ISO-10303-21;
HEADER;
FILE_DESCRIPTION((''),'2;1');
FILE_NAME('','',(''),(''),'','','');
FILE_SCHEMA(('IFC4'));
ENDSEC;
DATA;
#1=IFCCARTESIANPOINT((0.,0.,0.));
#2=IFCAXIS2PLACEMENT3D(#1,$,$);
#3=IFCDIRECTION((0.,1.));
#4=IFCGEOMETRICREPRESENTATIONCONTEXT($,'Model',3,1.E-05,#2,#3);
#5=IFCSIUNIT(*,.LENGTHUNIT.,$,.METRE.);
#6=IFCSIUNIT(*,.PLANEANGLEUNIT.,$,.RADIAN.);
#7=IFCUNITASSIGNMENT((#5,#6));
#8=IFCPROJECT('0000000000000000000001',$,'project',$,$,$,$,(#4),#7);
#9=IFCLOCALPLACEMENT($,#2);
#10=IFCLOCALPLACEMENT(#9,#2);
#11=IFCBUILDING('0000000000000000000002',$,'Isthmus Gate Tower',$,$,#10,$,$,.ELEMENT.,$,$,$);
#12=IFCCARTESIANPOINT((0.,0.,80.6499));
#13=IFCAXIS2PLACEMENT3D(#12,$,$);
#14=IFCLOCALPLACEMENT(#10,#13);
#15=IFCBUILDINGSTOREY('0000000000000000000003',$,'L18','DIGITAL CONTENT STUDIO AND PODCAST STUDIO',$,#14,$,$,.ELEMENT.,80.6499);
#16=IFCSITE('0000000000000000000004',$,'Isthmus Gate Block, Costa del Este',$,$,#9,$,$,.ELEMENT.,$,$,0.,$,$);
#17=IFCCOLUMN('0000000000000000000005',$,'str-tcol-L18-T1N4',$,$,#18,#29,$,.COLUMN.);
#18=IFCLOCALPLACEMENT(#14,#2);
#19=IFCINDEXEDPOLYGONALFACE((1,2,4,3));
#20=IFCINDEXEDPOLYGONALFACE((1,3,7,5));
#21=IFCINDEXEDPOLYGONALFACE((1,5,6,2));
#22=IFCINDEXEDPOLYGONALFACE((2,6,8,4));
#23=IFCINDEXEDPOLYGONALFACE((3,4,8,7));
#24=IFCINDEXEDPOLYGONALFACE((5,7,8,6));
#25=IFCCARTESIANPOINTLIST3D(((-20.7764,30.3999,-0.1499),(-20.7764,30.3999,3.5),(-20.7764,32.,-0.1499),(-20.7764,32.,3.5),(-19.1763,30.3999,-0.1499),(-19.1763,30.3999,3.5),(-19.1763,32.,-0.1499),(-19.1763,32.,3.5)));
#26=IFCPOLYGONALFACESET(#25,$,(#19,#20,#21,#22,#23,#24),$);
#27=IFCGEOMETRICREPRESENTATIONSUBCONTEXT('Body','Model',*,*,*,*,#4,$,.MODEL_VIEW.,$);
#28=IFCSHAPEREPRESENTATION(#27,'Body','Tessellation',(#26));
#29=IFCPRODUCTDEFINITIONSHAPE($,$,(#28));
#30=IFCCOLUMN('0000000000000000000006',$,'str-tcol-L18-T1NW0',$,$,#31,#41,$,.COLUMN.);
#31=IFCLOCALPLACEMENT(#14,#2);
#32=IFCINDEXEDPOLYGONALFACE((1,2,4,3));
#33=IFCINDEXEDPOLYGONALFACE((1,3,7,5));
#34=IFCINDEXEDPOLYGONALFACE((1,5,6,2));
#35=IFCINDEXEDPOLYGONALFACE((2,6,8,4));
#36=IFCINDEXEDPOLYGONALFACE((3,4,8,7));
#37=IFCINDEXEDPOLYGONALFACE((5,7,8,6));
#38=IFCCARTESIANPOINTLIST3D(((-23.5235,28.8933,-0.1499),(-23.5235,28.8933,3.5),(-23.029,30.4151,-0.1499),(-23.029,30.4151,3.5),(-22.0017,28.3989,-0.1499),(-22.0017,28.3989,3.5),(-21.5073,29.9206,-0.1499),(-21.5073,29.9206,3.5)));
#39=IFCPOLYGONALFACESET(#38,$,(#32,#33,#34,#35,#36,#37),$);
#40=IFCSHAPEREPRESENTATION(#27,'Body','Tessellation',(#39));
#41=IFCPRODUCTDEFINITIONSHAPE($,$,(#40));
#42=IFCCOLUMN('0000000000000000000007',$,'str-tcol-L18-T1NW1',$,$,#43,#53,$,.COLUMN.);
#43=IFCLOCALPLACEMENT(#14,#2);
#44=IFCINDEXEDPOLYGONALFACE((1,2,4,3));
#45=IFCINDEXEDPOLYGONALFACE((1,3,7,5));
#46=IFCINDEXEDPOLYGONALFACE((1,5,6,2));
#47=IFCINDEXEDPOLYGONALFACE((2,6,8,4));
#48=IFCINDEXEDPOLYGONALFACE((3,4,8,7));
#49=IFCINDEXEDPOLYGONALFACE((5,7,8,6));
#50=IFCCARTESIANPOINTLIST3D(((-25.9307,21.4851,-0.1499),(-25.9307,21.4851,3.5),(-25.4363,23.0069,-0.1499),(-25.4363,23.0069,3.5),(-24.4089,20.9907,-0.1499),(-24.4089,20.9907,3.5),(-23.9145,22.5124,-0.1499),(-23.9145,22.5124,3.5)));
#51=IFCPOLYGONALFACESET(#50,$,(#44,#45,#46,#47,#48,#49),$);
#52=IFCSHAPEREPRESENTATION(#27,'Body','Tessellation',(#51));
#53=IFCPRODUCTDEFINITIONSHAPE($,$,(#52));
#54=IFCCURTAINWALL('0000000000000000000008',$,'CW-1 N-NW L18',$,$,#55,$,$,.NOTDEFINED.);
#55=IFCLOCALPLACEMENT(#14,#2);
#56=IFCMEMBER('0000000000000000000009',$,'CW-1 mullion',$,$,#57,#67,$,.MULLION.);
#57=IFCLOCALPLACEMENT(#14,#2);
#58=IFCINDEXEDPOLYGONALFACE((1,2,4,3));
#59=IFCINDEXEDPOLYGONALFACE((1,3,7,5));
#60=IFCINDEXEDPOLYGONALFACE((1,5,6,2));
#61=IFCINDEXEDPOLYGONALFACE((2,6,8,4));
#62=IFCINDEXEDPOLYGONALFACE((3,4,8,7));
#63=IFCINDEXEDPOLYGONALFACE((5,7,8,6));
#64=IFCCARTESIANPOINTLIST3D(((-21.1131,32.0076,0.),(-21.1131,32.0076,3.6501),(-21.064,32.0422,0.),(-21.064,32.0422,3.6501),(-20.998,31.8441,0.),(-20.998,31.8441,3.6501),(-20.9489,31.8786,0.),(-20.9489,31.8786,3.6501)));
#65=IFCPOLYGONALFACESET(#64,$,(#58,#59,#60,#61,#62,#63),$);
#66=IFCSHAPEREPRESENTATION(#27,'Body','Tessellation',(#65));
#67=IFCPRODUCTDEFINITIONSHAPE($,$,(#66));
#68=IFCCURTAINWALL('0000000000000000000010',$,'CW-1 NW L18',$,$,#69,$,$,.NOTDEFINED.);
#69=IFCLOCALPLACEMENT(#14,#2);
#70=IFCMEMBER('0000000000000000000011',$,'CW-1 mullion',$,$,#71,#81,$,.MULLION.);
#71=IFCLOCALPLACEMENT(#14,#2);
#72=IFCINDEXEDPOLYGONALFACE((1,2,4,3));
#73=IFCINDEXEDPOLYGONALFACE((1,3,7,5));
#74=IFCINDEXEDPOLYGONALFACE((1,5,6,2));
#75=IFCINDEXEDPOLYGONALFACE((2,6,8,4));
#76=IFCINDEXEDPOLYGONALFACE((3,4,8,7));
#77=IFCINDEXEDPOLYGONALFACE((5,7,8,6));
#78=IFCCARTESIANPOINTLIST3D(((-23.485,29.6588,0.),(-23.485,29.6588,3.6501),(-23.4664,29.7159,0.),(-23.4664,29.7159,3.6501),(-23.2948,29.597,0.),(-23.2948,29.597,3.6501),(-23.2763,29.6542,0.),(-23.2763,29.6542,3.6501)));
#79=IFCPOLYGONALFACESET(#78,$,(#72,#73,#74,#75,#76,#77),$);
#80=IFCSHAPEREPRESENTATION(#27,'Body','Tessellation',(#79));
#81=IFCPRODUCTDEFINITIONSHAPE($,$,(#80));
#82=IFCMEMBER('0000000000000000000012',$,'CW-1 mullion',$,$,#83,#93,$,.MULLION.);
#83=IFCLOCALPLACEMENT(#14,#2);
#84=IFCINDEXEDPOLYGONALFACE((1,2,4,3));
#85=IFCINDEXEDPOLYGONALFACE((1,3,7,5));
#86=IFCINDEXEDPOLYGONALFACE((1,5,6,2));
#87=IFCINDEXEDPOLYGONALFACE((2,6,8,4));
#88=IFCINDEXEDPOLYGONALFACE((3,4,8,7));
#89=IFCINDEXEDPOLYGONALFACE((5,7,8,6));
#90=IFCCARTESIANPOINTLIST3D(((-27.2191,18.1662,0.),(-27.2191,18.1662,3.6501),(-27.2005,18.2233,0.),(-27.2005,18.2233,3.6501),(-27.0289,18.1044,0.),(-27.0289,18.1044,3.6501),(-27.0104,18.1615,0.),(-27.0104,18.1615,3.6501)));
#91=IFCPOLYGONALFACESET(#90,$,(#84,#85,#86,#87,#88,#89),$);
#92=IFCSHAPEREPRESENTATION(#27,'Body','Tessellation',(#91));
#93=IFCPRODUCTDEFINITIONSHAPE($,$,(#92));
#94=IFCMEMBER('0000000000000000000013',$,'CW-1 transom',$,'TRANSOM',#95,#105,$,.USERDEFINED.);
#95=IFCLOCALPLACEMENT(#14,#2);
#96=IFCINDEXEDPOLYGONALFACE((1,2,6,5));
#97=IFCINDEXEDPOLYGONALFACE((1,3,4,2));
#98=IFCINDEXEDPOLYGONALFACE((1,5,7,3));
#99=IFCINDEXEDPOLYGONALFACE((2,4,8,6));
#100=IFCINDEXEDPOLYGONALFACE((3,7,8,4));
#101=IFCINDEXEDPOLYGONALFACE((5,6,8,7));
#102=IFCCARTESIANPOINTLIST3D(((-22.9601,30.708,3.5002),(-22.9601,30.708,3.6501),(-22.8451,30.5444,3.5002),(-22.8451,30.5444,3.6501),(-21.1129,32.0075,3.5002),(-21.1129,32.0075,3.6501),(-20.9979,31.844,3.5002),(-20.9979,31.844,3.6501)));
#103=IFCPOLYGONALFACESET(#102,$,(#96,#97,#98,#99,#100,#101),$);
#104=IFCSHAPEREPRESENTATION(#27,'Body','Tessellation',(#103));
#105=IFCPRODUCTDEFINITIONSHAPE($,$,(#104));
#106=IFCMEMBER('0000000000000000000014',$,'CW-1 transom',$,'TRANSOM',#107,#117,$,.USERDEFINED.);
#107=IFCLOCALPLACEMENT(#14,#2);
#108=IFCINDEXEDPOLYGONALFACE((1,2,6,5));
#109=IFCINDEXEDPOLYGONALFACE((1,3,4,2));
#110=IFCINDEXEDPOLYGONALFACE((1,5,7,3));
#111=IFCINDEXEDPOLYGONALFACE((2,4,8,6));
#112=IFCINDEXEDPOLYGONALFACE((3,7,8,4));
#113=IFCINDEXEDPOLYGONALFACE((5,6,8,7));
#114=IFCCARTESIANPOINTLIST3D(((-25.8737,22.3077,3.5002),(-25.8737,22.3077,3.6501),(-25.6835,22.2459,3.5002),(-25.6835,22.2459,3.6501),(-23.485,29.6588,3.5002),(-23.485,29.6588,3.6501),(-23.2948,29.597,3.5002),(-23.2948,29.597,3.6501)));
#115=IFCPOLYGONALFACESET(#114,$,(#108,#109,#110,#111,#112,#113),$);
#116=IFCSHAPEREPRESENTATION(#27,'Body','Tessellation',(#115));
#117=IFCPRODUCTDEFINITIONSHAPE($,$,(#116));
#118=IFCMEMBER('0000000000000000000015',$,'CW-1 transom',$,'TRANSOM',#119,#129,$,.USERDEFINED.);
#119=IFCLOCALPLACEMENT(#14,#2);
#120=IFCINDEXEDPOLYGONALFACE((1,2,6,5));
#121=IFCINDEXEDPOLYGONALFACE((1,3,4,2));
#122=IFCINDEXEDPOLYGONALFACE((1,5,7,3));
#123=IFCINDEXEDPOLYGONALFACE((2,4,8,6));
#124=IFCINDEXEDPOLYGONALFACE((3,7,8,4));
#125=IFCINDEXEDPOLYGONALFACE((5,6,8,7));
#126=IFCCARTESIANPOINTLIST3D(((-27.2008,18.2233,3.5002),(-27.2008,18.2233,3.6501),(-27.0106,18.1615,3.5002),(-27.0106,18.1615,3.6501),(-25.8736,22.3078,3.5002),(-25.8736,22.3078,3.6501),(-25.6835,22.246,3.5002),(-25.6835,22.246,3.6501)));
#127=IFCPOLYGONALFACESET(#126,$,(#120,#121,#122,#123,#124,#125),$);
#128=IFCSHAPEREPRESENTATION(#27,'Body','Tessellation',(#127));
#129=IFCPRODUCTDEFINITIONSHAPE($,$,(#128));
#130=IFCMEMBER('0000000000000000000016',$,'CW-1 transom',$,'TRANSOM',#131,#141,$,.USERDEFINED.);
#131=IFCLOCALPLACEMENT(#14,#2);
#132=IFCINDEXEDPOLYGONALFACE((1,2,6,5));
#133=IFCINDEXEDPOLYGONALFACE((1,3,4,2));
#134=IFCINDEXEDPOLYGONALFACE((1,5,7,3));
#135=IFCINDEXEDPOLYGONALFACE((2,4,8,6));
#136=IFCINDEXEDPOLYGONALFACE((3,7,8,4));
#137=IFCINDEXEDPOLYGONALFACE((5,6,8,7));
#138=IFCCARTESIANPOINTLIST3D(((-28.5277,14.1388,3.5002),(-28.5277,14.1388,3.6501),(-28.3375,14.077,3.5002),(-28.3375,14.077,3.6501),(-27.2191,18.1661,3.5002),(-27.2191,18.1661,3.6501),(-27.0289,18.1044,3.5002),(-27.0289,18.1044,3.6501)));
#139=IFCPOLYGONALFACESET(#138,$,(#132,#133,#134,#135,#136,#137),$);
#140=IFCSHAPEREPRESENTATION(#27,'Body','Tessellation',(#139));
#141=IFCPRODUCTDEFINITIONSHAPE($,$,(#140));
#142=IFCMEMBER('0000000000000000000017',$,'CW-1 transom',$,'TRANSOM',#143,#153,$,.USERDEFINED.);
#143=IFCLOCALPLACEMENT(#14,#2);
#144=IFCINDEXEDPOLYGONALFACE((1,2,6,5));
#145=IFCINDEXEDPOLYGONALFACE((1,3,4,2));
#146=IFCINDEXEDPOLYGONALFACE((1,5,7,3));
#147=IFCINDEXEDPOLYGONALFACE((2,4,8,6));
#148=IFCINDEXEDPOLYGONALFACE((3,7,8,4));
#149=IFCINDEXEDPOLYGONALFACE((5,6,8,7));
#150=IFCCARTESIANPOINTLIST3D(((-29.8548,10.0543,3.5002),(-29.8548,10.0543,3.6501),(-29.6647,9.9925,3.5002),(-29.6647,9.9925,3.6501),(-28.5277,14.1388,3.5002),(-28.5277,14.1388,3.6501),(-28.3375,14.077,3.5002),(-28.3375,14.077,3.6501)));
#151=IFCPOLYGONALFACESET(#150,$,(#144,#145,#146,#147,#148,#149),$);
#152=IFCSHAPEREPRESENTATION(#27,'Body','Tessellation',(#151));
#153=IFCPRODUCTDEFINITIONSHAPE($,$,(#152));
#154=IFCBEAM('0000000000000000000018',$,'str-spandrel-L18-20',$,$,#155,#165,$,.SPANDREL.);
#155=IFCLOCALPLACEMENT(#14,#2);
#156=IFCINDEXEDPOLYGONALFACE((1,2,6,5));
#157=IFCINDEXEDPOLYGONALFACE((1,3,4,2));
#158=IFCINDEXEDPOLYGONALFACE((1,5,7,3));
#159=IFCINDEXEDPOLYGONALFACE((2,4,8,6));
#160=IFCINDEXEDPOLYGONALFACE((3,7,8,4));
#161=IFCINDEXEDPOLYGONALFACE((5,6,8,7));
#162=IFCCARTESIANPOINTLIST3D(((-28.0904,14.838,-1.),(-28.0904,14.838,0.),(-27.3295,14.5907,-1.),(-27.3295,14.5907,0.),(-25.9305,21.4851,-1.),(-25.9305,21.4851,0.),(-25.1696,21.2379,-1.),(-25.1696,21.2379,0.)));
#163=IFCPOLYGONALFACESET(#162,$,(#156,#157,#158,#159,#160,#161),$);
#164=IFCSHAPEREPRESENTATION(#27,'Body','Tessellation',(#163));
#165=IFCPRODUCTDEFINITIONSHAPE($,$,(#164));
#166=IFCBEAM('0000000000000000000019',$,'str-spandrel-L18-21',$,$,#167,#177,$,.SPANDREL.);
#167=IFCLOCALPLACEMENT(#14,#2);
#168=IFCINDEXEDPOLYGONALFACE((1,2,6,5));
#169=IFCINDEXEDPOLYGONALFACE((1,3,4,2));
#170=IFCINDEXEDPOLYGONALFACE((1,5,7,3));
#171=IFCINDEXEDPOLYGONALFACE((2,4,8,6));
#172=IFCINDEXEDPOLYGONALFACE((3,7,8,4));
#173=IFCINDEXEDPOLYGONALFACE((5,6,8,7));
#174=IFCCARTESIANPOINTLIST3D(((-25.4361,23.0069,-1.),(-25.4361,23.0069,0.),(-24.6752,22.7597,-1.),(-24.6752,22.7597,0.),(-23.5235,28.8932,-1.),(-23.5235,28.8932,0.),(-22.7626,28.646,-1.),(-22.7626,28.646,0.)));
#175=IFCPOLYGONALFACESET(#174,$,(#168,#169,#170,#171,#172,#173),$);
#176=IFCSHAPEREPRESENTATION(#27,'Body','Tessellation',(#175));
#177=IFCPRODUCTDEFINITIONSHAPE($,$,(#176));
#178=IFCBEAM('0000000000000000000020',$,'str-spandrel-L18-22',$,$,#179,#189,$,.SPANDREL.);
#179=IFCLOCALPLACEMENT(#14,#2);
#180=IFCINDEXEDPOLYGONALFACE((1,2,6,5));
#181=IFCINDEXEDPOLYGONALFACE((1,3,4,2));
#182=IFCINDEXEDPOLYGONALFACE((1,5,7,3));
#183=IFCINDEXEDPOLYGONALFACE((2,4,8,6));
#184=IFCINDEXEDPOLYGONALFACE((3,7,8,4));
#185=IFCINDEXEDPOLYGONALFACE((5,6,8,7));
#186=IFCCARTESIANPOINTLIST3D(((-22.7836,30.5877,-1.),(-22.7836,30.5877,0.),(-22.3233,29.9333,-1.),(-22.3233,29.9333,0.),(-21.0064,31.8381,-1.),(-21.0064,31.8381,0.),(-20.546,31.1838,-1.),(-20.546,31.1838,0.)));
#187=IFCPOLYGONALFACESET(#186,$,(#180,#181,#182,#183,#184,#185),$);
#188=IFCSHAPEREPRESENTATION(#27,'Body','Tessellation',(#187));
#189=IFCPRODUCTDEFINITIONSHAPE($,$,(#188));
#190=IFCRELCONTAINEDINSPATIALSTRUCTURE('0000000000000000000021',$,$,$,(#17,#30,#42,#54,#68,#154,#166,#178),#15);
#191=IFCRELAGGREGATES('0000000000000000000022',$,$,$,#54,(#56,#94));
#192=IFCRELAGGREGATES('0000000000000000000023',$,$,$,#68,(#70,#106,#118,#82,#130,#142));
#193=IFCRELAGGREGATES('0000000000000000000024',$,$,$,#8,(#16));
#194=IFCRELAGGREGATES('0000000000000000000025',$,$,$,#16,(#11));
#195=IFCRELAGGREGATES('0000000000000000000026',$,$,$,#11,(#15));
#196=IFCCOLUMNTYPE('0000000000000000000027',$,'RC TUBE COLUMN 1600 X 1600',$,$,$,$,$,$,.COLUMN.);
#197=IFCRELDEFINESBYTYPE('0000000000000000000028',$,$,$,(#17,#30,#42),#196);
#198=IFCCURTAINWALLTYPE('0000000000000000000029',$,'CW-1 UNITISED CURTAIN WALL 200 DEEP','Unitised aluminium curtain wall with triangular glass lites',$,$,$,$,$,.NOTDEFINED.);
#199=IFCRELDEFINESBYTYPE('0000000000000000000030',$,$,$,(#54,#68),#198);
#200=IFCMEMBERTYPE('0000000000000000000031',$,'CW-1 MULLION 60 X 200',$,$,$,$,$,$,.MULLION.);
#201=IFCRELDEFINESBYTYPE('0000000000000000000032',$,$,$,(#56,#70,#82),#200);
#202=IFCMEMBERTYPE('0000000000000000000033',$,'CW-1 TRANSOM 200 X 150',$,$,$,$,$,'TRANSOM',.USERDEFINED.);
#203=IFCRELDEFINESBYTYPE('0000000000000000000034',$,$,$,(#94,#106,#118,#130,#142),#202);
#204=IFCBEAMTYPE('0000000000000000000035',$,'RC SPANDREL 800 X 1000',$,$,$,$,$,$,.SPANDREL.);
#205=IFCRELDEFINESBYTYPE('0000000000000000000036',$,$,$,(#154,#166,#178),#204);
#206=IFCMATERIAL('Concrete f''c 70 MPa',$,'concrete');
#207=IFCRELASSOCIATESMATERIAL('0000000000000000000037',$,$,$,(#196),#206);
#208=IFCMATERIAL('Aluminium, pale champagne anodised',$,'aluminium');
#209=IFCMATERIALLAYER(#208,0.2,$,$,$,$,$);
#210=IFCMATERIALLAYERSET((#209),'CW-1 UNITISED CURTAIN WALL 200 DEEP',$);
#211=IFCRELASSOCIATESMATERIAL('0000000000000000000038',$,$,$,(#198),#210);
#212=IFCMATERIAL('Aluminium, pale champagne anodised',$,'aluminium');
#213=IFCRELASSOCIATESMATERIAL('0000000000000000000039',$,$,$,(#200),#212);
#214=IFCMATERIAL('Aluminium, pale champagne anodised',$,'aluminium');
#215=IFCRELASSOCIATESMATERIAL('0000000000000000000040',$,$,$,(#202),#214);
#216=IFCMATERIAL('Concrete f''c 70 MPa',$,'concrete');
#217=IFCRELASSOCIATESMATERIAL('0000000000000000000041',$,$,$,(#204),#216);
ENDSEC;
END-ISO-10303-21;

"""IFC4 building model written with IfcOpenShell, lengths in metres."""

from ifc_helpers import new_model, si_unit, direction, frame, origin, origin_2d, place, context, subcontext, project, spatial, rectangle, extrude, material, layer, layer_set, material_profile, profile_set, type_object, element, aggregate, save


model = new_model("IFC4")

# Units and contexts
model_context = context("Model", 3, precision=1e-05, world=origin(), true_north=direction((0.0, 1.0)))
body_context = subcontext(model_context, "Body", "Model", "MODEL_VIEW")
ifc_project = project(units=[si_unit("LENGTHUNIT", "METRE"), si_unit("PLANEANGLEUNIT", "RADIAN")], contexts=[model_context])

# Site, building, storey
site_placement = place(None, origin())
site = spatial("IfcSite", under=ifc_project, at=site_placement, Name="Isthmus Gate Block, Costa del Este", CompositionType="ELEMENT", RefElevation=0.0)
building_placement = place(site_placement, origin())
building = spatial("IfcBuilding", under=site, at=building_placement, Name="Isthmus Gate Tower", CompositionType="ELEMENT")
storey_placement = place(building_placement, frame((0.0, 0.0, 80.6499)))
storey = spatial("IfcBuildingStorey", under=building, at=storey_placement, Name="L18", Description="DIGITAL CONTENT STUDIO AND PODCAST STUDIO", CompositionType="ELEMENT", Elevation=80.6499)

# Columns
ifc_material_1 = material(Name="Concrete f'c 70 MPa", Category="concrete")
ifc_material_profile_1 = material_profile(ifc_material_1, rectangle(XDim=1.6001, YDim=1.6001, at=origin_2d()), Name="RC 1600X1600")
ifc_profile_set_1 = profile_set([ifc_material_profile_1], Name="Concrete f'c 70 MPa")
column_type = type_object("IfcColumnType", Name="RC TUBE COLUMN 1600 X 1600", PredefinedType="COLUMN", material=ifc_profile_set_1)
for number, where, z_axis, x_axis, name in (
    (1, (-19.9763, 31.2, -0.1499), (0.0, 0.0, 1.0), (-1.0, 0.0, 0.0), "str-tcol-L18-T1N4"),
    (2, (-22.5154, 29.407, -0.1499), (0.0, 0.0, 1.0), (-0.309017, -0.951057, 0.0), "str-tcol-L18-T1NW0"),
    (3, (-24.9226, 21.9988, -0.1499), (0.0, 0.0, 1.0), (-0.309017, -0.951057, 0.0), "str-tcol-L18-T1NW1"),
):
    element("IfcColumn", number, at=place(storey_placement, frame(where, z_axis=z_axis, x_axis=x_axis)), inside=storey, type_object=column_type, Name=name, PredefinedType="COLUMN", context=body_context, shape_type="SweptSolid", body=[
        extrude(rectangle(XDim=1.6001, YDim=1.6001, at=origin_2d()), origin(), (0.0, 0.0, 1.0), 3.6499),
    ])

# Curtain wall, member
ifc_material_2 = material(Name="Aluminium, pale champagne anodised", Category="aluminium")
ifc_layer_1 = layer(ifc_material_2, 0.2)
ifc_layer_set_1 = layer_set([ifc_layer_1], Name="CW-1 UNITISED CURTAIN WALL 200 DEEP")
curtain_wall_type = type_object("IfcCurtainWallType", Name="CW-1 UNITISED CURTAIN WALL 200 DEEP", Description="Unitised aluminium curtain wall with triangular glass lites", PredefinedType="NOTDEFINED", material=ifc_layer_set_1)
curtain_wall_1_placement = place(storey_placement, origin())
curtain_wall_1 = element("IfcCurtainWall", 4, at=curtain_wall_1_placement, inside=storey, type_object=curtain_wall_type, Name="CW-1 N-NW L18", PredefinedType="NOTDEFINED")
ifc_material_3 = material(Name="Aluminium, pale champagne anodised", Category="aluminium")
ifc_material_profile_2 = material_profile(ifc_material_3, rectangle(XDim=0.0601, YDim=0.2, at=origin_2d()), Name="60x200")
ifc_profile_set_2 = profile_set([ifc_material_profile_2], Name="Aluminium, pale champagne anodised")
member_type_1 = type_object("IfcMemberType", Name="CW-1 MULLION 60 X 200", PredefinedType="MULLION", material=ifc_profile_set_2)
member_1_placement = place(storey_placement, frame((-21.031, 31.9431, 0.0), z_axis=(0.0, 0.0, 1.0), x_axis=(-0.81786, -0.575418, 0.0)))
member_1 = element("IfcMember", 5, at=member_1_placement, type_object=member_type_1, Name="CW-1 mullion", PredefinedType="MULLION", context=body_context, shape_type="SweptSolid", body=[
    extrude(rectangle(XDim=0.0601, YDim=0.2, at=origin_2d()), origin(), (0.0, 0.0, 1.0), 3.6501),
])

# Curtain wall, members
curtain_wall_2_placement = place(storey_placement, origin())
curtain_wall_2 = element("IfcCurtainWall", 6, at=curtain_wall_2_placement, inside=storey, type_object=curtain_wall_type, Name="CW-1 NW L18", PredefinedType="NOTDEFINED")
member_2_placement = place(storey_placement, frame((-23.3806, 29.6565, 0.0), z_axis=(0.0, 0.0, 1.0), x_axis=(-0.309017, -0.951057, 0.0)))
member_2 = element("IfcMember", 7, at=member_2_placement, type_object=member_type_1, Name="CW-1 mullion", PredefinedType="MULLION", context=body_context, shape_type="SweptSolid", body=[
    extrude(rectangle(XDim=0.0601, YDim=0.2, at=origin_2d()), origin(), (0.0, 0.0, 1.0), 3.6501),
])
member_3_placement = place(storey_placement, frame((-27.1147, 18.1638, 0.0), z_axis=(0.0, 0.0, 1.0), x_axis=(-0.309017, -0.951057, 0.0)))
member_3 = element("IfcMember", 8, at=member_3_placement, type_object=member_type_1, Name="CW-1 mullion", PredefinedType="MULLION", context=body_context, shape_type="SweptSolid", body=[
    extrude(rectangle(XDim=0.0601, YDim=0.2, at=origin_2d()), origin(), (0.0, 0.0, 1.0), 3.6501),
])

# Members
ifc_material_4 = material(Name="Aluminium, pale champagne anodised", Category="aluminium")
ifc_material_profile_3 = material_profile(ifc_material_4, rectangle(XDim=0.2, YDim=0.1499, at=origin_2d()), Name="200x150")
ifc_profile_set_3 = profile_set([ifc_material_profile_3], Name="Aluminium, pale champagne anodised")
member_type_2 = type_object("IfcMemberType", Name="CW-1 TRANSOM 200 X 150", ElementType="TRANSOM", PredefinedType="USERDEFINED", material=ifc_profile_set_3)
member_4_placement = place(storey_placement, frame((-21.0554, 31.9258, 3.5752), z_axis=(-0.817869, -0.575405, 0.0), x_axis=(0.575405, -0.817869, 0.0)))
member_4 = element("IfcMember", 9, at=member_4_placement, type_object=member_type_2, Name="CW-1 transom", ObjectType="TRANSOM", PredefinedType="USERDEFINED", context=body_context, shape_type="SweptSolid", body=[
    extrude(rectangle(XDim=0.2, YDim=0.1499, at=origin_2d()), origin(), (0.0, 0.0, 1.0), 2.2585),
])
member_5_placement = place(storey_placement, frame((-23.3899, 29.6279, 3.5752), z_axis=(-0.309036, -0.95105, 0.0), x_axis=(0.95105, -0.309036, 0.0)))
member_5 = element("IfcMember", 10, at=member_5_placement, type_object=member_type_2, Name="CW-1 transom", ObjectType="TRANSOM", PredefinedType="USERDEFINED", context=body_context, shape_type="SweptSolid", body=[
    extrude(rectangle(XDim=0.2, YDim=0.1499, at=origin_2d()), origin(), (0.0, 0.0, 1.0), 7.7295),
])
member_6_placement = place(storey_placement, frame((-25.7786, 22.2769, 3.5752), z_axis=(-0.309022, -0.951055, 0.0), x_axis=(0.951055, -0.309022, 0.0)))
member_6 = element("IfcMember", 11, at=member_6_placement, type_object=member_type_2, Name="CW-1 transom", ObjectType="TRANSOM", PredefinedType="USERDEFINED", context=body_context, shape_type="SweptSolid", body=[
    extrude(rectangle(XDim=0.2, YDim=0.1499, at=origin_2d()), origin(), (0.0, 0.0, 1.0), 4.2947),
])
member_7_placement = place(storey_placement, frame((-27.124, 18.1353, 3.5752), z_axis=(-0.309023, -0.951054, 0.0), x_axis=(0.951054, -0.309023, 0.0)))
member_7 = element("IfcMember", 12, at=member_7_placement, type_object=member_type_2, Name="CW-1 transom", ObjectType="TRANSOM", PredefinedType="USERDEFINED", context=body_context, shape_type="SweptSolid", body=[
    extrude(rectangle(XDim=0.2, YDim=0.1499, at=origin_2d()), origin(), (0.0, 0.0, 1.0), 4.2346),
])
member_8_placement = place(storey_placement, frame((-28.4326, 14.1079, 3.5752), z_axis=(-0.309022, -0.951055, 0.0), x_axis=(0.951055, -0.309022, 0.0)))
member_8 = element("IfcMember", 13, at=member_8_placement, type_object=member_type_2, Name="CW-1 transom", ObjectType="TRANSOM", PredefinedType="USERDEFINED", context=body_context, shape_type="SweptSolid", body=[
    extrude(rectangle(XDim=0.2, YDim=0.1499, at=origin_2d()), origin(), (0.0, 0.0, 1.0), 4.2947),
])

# Beams
ifc_material_5 = material(Name="Concrete f'c 70 MPa", Category="concrete")
ifc_material_profile_4 = material_profile(ifc_material_5, rectangle(XDim=0.8, YDim=1.0, at=origin_2d()), Name="RC 800X1000")
ifc_profile_set_4 = profile_set([ifc_material_profile_4], Name="Concrete f'c 70 MPa")
beam_type_1 = type_object("IfcBeamType", Name="RC SPANDREL 800 X 1000", PredefinedType="SPANDREL", material=ifc_profile_set_4)
beam_1_placement = place(storey_placement, frame((-27.71, 14.7144, -0.5), z_axis=(0.30903, 0.951052, 0.0), x_axis=(-0.951052, 0.30903, 0.0)))
element("IfcBeam", 14, at=beam_1_placement, inside=storey, type_object=beam_type_1, Name="str-spandrel-L18-20", PredefinedType="SPANDREL", context=body_context, shape_type="SweptSolid", body=[
    extrude(rectangle(XDim=0.8, YDim=1.0, at=origin_2d()), origin(), (0.0, 0.0, 1.0), 6.9893),
])
beam_2_placement = place(storey_placement, frame((-25.0557, 22.8833, -0.5), z_axis=(0.309024, 0.951054, 0.0), x_axis=(-0.951054, 0.309024, 0.0)))
element("IfcBeam", 15, at=beam_2_placement, inside=storey, type_object=beam_type_1, Name="str-spandrel-L18-21", PredefinedType="SPANDREL", context=body_context, shape_type="SweptSolid", body=[
    extrude(rectangle(XDim=0.8, YDim=1.0, at=origin_2d()), origin(), (0.0, 0.0, 1.0), 6.1892),
])
beam_3_placement = place(storey_placement, frame((-22.5535, 30.2605, -0.5), z_axis=(0.817857, 0.575421, 0.0), x_axis=(-0.575421, 0.817857, 0.0)))
element("IfcBeam", 16, at=beam_3_placement, inside=storey, type_object=beam_type_1, Name="str-spandrel-L18-22", PredefinedType="SPANDREL", context=body_context, shape_type="SweptSolid", body=[
    extrude(rectangle(XDim=0.8, YDim=1.0, at=origin_2d()), origin(), (0.0, 0.0, 1.0), 2.1731),
])

aggregate(curtain_wall_1, [member_1, member_4])

aggregate(curtain_wall_2, [member_2, member_5, member_6, member_3, member_7, member_8])

save(model, "model.ifc")
